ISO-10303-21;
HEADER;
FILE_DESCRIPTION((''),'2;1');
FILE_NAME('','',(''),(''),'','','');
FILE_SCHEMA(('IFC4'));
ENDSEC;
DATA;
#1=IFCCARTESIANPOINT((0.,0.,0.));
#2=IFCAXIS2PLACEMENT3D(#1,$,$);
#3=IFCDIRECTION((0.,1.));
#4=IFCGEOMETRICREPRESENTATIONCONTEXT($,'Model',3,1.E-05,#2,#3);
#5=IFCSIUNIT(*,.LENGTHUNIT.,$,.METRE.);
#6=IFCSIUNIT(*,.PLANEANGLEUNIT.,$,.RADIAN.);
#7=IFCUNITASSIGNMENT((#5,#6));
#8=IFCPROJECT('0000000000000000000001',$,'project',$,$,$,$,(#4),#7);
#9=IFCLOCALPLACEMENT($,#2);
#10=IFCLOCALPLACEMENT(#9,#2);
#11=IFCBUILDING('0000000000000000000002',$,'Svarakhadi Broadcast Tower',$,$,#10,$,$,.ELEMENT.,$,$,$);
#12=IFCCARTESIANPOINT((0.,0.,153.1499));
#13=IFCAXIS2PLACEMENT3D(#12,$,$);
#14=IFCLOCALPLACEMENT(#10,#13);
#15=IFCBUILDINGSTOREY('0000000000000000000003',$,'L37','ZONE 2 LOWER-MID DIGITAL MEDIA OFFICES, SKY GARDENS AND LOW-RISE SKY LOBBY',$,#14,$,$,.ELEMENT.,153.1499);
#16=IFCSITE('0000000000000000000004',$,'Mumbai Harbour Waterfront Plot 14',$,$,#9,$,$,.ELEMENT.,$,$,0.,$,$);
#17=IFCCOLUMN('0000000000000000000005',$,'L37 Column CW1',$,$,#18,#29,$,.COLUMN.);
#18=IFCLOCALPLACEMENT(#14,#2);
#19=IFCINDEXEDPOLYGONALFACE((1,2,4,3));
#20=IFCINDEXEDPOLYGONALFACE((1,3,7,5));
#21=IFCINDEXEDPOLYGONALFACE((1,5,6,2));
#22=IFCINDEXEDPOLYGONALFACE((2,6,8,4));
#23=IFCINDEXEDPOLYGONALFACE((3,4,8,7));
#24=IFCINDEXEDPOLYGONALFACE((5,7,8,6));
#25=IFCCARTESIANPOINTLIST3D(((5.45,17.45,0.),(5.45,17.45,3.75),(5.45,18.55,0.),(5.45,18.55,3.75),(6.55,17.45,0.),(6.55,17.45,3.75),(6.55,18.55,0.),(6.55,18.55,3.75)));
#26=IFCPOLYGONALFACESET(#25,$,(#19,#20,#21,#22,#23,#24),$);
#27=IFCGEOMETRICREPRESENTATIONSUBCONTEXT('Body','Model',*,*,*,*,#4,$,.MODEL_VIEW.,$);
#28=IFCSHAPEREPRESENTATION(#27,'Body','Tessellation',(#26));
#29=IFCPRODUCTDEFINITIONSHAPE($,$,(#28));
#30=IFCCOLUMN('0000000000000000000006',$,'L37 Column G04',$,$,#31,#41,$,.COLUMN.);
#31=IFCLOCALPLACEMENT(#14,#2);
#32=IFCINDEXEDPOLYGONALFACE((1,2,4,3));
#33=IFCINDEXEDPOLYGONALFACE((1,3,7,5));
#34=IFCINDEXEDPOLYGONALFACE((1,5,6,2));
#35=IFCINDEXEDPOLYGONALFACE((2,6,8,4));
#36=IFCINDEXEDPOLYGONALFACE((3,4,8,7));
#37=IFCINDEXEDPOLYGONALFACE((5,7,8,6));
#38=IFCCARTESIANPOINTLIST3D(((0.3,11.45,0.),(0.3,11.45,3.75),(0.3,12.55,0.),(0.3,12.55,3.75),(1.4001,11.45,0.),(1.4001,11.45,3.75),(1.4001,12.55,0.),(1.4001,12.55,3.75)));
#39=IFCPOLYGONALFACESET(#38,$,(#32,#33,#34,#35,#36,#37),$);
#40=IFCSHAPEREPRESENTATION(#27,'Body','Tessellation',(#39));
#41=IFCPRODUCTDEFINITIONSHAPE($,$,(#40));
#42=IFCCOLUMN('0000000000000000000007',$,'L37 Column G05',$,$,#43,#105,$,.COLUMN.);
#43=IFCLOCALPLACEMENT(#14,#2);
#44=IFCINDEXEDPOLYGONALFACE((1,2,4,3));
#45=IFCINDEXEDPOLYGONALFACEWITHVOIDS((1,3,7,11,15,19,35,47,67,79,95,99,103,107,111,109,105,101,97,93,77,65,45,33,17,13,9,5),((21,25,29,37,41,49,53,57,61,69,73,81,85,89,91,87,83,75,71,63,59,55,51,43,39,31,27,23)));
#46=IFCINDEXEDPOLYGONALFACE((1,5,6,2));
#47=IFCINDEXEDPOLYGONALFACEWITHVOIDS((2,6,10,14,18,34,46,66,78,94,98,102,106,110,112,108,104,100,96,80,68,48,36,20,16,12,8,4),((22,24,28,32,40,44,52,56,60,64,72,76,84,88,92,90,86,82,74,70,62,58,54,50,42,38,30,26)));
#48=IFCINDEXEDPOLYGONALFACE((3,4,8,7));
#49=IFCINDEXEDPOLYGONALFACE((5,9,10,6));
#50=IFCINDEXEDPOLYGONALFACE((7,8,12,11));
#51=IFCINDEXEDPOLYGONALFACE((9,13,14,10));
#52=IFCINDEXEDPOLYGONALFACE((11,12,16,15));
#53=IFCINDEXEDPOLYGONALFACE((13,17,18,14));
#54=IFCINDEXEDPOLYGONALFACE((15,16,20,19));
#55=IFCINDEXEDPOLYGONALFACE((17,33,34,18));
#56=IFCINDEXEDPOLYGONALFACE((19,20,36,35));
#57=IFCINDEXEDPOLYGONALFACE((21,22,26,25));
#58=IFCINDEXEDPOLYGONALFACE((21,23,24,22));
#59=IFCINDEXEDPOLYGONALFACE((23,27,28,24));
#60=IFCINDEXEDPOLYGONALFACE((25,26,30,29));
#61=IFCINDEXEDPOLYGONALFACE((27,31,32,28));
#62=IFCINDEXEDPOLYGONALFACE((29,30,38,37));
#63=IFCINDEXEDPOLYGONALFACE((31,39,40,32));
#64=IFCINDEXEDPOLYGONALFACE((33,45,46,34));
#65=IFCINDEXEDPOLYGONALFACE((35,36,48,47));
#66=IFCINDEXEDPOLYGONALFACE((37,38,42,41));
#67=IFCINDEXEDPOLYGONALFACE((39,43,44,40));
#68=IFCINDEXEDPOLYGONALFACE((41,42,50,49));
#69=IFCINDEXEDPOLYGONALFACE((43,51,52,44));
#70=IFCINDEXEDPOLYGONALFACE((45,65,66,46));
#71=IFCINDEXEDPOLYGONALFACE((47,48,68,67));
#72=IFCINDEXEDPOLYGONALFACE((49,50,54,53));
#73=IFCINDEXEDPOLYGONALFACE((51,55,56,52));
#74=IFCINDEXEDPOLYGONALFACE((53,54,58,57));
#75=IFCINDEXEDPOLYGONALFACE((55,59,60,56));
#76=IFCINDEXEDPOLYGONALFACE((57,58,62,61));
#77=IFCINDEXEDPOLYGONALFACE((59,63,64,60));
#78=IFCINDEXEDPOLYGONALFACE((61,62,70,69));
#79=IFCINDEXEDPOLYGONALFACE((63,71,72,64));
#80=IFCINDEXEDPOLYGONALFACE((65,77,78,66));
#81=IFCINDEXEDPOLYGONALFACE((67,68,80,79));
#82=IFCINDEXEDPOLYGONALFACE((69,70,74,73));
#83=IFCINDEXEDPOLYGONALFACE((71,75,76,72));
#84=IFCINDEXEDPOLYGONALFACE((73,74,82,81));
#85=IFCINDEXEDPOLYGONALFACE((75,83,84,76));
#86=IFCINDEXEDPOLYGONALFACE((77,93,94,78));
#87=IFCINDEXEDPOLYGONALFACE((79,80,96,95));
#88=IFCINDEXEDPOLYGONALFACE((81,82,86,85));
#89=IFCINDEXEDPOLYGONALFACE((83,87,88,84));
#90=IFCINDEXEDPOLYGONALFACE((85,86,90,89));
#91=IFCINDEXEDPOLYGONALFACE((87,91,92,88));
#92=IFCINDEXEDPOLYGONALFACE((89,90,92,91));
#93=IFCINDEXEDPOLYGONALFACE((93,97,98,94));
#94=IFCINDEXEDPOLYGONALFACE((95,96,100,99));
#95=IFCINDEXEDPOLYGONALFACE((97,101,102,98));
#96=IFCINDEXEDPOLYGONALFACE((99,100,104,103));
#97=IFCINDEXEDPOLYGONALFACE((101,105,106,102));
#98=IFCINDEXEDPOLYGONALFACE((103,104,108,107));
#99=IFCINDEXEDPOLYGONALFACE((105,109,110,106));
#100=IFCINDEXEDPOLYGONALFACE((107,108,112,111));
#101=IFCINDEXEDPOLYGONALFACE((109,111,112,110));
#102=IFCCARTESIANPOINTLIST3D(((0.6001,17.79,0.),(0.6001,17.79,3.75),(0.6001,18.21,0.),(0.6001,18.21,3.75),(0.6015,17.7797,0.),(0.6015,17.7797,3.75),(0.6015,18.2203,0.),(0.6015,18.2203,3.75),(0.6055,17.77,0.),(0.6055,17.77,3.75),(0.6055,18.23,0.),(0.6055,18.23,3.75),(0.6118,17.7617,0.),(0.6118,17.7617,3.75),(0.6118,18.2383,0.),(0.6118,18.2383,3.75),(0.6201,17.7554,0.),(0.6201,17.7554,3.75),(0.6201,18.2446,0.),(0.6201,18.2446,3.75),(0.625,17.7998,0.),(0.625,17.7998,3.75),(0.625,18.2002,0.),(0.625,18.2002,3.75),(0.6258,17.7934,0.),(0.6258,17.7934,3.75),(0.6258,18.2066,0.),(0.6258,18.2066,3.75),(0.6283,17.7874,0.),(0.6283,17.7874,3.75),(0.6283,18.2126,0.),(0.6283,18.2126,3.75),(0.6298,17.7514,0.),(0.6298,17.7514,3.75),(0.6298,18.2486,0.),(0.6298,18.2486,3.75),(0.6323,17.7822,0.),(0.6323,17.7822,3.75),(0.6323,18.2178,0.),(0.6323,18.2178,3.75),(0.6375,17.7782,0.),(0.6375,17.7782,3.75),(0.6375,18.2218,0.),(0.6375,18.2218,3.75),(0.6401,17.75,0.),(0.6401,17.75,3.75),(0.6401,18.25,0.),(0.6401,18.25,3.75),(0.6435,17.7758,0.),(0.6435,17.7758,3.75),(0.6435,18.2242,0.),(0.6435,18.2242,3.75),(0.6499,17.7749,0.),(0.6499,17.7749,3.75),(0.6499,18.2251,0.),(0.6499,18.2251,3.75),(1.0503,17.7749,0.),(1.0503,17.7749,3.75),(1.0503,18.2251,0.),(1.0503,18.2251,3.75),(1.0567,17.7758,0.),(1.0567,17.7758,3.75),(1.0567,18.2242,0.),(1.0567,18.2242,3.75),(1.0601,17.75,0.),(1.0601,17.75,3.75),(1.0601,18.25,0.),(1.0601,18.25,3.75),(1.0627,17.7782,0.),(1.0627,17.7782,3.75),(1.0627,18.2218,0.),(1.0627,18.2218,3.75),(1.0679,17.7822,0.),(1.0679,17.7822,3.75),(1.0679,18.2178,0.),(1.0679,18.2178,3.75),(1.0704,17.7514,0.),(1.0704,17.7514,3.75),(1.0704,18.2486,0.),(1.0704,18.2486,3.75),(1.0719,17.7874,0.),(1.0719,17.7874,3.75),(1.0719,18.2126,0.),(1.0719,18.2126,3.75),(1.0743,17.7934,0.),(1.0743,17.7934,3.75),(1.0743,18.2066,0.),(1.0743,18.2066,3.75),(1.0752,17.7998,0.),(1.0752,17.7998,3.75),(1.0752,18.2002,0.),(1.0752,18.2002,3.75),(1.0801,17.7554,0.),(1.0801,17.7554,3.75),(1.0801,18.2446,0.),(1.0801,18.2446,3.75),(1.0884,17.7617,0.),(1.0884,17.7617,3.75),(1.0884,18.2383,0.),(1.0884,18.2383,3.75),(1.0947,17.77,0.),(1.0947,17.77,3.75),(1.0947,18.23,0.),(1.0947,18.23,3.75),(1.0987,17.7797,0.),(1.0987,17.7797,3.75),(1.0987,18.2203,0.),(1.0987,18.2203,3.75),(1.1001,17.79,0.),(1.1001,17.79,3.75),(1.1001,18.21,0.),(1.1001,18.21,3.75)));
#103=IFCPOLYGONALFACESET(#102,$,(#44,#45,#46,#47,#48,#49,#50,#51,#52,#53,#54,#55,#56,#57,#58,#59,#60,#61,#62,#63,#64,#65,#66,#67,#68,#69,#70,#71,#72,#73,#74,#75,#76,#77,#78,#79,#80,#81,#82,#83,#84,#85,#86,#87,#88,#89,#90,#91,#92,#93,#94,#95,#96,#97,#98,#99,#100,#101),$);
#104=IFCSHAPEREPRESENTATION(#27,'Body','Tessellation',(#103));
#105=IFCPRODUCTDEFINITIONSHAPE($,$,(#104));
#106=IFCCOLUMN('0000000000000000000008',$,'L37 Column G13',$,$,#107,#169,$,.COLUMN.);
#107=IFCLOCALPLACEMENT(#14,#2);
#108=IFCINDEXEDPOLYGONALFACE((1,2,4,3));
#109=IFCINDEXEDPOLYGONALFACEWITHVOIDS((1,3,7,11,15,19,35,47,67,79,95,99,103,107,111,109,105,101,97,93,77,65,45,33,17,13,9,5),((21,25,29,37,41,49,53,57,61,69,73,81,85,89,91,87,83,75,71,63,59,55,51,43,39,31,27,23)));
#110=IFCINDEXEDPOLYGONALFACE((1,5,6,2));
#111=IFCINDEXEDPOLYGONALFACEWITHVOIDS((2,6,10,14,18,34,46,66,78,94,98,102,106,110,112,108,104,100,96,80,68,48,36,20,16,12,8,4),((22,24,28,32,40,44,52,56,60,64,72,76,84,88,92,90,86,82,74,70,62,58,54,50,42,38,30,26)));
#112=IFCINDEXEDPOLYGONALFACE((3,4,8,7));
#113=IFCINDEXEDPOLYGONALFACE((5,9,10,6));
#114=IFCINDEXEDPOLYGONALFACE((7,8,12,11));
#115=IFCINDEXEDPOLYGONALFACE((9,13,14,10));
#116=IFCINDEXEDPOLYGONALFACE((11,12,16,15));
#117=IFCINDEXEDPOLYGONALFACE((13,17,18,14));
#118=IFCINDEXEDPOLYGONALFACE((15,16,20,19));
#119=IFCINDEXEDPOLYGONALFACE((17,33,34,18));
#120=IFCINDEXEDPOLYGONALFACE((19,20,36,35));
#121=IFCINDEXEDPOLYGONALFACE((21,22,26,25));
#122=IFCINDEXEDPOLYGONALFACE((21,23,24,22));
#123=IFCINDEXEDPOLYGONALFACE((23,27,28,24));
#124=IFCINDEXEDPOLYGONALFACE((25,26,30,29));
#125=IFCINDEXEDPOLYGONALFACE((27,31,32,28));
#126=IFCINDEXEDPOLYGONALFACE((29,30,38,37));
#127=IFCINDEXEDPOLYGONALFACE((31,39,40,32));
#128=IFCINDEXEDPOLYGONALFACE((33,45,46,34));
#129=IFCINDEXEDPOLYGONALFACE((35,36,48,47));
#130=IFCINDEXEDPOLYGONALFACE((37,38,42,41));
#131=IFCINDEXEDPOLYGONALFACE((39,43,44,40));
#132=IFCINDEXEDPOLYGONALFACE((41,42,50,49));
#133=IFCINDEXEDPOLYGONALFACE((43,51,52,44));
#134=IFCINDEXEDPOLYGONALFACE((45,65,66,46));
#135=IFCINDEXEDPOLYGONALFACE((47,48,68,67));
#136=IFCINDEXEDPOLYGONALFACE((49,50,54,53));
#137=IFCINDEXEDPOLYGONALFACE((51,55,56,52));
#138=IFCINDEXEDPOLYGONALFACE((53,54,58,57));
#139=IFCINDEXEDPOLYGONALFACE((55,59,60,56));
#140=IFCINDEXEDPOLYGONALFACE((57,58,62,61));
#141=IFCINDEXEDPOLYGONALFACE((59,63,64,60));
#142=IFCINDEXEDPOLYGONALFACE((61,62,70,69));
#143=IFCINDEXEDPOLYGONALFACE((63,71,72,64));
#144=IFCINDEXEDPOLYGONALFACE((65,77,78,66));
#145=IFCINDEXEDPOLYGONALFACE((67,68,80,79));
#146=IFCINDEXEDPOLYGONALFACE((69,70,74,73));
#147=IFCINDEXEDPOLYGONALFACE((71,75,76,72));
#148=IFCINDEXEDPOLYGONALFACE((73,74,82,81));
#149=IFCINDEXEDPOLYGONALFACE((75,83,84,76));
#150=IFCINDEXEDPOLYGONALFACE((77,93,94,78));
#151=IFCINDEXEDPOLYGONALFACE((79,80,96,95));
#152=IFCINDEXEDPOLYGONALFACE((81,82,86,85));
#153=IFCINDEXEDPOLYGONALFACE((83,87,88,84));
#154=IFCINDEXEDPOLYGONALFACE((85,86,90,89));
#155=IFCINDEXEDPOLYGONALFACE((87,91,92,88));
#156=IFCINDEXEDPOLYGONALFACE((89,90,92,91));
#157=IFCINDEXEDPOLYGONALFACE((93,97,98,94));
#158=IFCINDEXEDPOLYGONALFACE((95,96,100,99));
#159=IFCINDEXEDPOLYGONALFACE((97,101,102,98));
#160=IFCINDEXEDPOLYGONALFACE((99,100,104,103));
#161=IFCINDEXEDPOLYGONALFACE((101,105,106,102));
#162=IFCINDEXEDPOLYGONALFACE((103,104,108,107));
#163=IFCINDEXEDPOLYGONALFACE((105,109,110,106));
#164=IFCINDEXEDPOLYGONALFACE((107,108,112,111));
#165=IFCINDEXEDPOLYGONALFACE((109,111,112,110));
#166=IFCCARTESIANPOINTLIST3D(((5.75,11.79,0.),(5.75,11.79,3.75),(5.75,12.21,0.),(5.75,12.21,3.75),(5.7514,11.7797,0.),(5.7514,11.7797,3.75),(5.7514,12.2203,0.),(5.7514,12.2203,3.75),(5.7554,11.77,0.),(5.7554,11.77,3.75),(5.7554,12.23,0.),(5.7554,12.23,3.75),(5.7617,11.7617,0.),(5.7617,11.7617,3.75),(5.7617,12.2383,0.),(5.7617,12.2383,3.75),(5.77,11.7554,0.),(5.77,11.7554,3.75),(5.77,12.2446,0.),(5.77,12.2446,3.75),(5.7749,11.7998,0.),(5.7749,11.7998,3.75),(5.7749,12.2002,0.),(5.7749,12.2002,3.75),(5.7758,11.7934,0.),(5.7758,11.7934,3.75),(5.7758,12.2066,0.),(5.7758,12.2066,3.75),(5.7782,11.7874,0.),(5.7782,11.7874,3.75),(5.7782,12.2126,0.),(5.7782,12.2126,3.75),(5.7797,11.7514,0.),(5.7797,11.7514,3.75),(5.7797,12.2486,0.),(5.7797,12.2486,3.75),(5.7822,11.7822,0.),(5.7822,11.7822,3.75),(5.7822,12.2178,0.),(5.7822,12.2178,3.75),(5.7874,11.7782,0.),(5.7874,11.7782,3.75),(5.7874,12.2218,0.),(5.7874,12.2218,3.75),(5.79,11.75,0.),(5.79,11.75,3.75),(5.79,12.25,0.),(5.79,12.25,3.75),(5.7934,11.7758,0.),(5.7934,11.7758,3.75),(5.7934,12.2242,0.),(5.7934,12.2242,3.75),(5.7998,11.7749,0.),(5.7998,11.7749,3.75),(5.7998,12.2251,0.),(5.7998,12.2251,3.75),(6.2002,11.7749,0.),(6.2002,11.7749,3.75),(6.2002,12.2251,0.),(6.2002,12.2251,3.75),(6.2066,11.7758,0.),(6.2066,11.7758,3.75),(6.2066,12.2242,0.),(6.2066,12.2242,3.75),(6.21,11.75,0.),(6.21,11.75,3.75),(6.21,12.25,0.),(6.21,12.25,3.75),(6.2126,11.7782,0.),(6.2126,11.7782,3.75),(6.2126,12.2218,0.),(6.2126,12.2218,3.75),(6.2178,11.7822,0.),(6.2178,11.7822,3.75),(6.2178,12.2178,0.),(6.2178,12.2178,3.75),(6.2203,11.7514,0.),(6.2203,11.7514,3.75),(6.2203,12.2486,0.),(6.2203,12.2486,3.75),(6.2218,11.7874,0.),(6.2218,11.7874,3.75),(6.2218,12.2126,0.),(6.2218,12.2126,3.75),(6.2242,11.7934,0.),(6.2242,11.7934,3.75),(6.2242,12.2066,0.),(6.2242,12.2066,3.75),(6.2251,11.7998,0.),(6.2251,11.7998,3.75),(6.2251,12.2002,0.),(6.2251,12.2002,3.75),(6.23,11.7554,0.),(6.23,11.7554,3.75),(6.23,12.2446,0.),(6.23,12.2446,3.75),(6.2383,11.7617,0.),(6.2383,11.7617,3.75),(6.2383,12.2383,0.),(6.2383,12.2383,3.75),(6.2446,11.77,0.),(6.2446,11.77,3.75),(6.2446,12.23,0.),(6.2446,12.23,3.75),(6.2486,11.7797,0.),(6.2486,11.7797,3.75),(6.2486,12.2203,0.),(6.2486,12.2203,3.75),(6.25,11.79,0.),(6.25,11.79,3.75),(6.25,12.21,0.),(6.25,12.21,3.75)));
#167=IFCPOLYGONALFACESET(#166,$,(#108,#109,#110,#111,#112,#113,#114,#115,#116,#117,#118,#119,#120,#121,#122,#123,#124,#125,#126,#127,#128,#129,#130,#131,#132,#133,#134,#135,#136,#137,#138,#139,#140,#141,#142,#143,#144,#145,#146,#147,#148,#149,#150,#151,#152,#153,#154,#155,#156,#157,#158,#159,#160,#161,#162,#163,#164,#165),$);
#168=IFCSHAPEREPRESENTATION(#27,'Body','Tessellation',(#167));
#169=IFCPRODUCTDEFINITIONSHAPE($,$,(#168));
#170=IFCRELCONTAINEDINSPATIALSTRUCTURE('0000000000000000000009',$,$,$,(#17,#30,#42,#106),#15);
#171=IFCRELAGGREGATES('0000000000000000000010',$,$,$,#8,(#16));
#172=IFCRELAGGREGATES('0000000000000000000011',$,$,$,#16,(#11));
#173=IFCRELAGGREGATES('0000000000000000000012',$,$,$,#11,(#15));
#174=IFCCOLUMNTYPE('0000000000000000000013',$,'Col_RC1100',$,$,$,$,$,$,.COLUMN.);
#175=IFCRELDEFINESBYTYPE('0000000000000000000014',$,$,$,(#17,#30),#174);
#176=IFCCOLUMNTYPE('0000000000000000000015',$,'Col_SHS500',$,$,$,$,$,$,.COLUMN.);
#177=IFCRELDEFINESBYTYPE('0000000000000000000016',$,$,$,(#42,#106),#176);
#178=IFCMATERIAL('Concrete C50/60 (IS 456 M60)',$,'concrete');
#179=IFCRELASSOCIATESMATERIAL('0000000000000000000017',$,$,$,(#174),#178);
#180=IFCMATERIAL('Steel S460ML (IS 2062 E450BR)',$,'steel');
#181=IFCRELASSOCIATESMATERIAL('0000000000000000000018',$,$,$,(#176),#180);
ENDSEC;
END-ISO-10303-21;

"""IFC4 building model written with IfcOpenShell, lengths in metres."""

from ifc_helpers import new_model, si_unit, direction, frame, origin, origin_2d, place, context, subcontext, project, spatial, rectangle, hollow_rectangle, extrude, material, material_profile, profile_set, type_object, element, save


model = new_model("IFC4")

# Units and contexts
model_context = context("Model", 3, precision=1e-05, world=origin(), true_north=direction((0.0, 1.0)))
body_context = subcontext(model_context, "Body", "Model", "MODEL_VIEW")
ifc_project = project(units=[si_unit("LENGTHUNIT", "METRE"), si_unit("PLANEANGLEUNIT", "RADIAN")], contexts=[model_context])

# Site, building, storey
site_placement = place(None, origin())
site = spatial("IfcSite", under=ifc_project, at=site_placement, Name="Mumbai Harbour Waterfront Plot 14", CompositionType="ELEMENT", RefElevation=0.0)
building_placement = place(site_placement, origin())
building = spatial("IfcBuilding", under=site, at=building_placement, Name="Svarakhadi Broadcast Tower", CompositionType="ELEMENT")
storey_placement = place(building_placement, frame((0.0, 0.0, 153.1499)))
storey = spatial("IfcBuildingStorey", under=building, at=storey_placement, Name="L37", Description="ZONE 2 LOWER-MID DIGITAL MEDIA OFFICES, SKY GARDENS AND LOW-RISE SKY LOBBY", CompositionType="ELEMENT", Elevation=153.1499)

# Columns
ifc_material_1 = material(Name="Concrete C50/60 (IS 456 M60)", Category="concrete")
ifc_material_profile_1 = material_profile(ifc_material_1, rectangle(XDim=1.1001, YDim=1.1001, at=origin_2d()), Name="RC 1100x1100")
ifc_profile_set_1 = profile_set([ifc_material_profile_1], Name="Concrete C50/60 (IS 456 M60)")
column_type_1 = type_object("IfcColumnType", Name="Col_RC1100", PredefinedType="COLUMN", material=ifc_profile_set_1)
for number, where, z_axis, x_axis, name in (
    (1, (6.0, 18.0, 0.0), (0.0, 0.0, 1.0), (1.0, 0.0, 0.0), "L37 Column CW1"),
    (2, (0.8501, 12.0, 0.0), (0.0, 0.0, 1.0), (1.0, 0.0, 0.0), "L37 Column G04"),
):
    element("IfcColumn", number, at=place(storey_placement, frame(where, z_axis=z_axis, x_axis=x_axis)), inside=storey, type_object=column_type_1, Name=name, PredefinedType="COLUMN", context=body_context, shape_type="SweptSolid", body=[
        extrude(rectangle(XDim=1.1001, YDim=1.1001, at=origin_2d()), origin(), (0.0, 0.0, 1.0), 3.75),
    ])
ifc_material_2 = material(Name="Steel S460ML (IS 2062 E450BR)", Category="steel")
ifc_material_profile_2 = material_profile(ifc_material_2, hollow_rectangle(XDim=0.5, YDim=0.5, WallThickness=0.0249, InnerFilletRadius=0.0249, OuterFilletRadius=0.04, at=origin_2d()), Name="SHS 500x500x25")
ifc_profile_set_2 = profile_set([ifc_material_profile_2], Name="Steel S460ML (IS 2062 E450BR)")
column_type_2 = type_object("IfcColumnType", Name="Col_SHS500", PredefinedType="COLUMN", material=ifc_profile_set_2)
for number, where, z_axis, x_axis, name in (
    (3, (0.8501, 18.0, 0.0), (0.0, 0.0, 1.0), (1.0, 0.0, 0.0), "L37 Column G05"),
    (4, (6.0, 12.0, 0.0), (0.0, 0.0, 1.0), (1.0, 0.0, 0.0), "L37 Column G13"),
):
    element("IfcColumn", number, at=place(storey_placement, frame(where, z_axis=z_axis, x_axis=x_axis)), inside=storey, type_object=column_type_2, Name=name, PredefinedType="COLUMN", context=body_context, shape_type="SweptSolid", body=[
        extrude(hollow_rectangle(XDim=0.5, YDim=0.5, WallThickness=0.0249, InnerFilletRadius=0.0249, OuterFilletRadius=0.04, at=origin_2d()), origin(), (0.0, 0.0, 1.0), 3.75),
    ])

save(model, "model.ifc")
